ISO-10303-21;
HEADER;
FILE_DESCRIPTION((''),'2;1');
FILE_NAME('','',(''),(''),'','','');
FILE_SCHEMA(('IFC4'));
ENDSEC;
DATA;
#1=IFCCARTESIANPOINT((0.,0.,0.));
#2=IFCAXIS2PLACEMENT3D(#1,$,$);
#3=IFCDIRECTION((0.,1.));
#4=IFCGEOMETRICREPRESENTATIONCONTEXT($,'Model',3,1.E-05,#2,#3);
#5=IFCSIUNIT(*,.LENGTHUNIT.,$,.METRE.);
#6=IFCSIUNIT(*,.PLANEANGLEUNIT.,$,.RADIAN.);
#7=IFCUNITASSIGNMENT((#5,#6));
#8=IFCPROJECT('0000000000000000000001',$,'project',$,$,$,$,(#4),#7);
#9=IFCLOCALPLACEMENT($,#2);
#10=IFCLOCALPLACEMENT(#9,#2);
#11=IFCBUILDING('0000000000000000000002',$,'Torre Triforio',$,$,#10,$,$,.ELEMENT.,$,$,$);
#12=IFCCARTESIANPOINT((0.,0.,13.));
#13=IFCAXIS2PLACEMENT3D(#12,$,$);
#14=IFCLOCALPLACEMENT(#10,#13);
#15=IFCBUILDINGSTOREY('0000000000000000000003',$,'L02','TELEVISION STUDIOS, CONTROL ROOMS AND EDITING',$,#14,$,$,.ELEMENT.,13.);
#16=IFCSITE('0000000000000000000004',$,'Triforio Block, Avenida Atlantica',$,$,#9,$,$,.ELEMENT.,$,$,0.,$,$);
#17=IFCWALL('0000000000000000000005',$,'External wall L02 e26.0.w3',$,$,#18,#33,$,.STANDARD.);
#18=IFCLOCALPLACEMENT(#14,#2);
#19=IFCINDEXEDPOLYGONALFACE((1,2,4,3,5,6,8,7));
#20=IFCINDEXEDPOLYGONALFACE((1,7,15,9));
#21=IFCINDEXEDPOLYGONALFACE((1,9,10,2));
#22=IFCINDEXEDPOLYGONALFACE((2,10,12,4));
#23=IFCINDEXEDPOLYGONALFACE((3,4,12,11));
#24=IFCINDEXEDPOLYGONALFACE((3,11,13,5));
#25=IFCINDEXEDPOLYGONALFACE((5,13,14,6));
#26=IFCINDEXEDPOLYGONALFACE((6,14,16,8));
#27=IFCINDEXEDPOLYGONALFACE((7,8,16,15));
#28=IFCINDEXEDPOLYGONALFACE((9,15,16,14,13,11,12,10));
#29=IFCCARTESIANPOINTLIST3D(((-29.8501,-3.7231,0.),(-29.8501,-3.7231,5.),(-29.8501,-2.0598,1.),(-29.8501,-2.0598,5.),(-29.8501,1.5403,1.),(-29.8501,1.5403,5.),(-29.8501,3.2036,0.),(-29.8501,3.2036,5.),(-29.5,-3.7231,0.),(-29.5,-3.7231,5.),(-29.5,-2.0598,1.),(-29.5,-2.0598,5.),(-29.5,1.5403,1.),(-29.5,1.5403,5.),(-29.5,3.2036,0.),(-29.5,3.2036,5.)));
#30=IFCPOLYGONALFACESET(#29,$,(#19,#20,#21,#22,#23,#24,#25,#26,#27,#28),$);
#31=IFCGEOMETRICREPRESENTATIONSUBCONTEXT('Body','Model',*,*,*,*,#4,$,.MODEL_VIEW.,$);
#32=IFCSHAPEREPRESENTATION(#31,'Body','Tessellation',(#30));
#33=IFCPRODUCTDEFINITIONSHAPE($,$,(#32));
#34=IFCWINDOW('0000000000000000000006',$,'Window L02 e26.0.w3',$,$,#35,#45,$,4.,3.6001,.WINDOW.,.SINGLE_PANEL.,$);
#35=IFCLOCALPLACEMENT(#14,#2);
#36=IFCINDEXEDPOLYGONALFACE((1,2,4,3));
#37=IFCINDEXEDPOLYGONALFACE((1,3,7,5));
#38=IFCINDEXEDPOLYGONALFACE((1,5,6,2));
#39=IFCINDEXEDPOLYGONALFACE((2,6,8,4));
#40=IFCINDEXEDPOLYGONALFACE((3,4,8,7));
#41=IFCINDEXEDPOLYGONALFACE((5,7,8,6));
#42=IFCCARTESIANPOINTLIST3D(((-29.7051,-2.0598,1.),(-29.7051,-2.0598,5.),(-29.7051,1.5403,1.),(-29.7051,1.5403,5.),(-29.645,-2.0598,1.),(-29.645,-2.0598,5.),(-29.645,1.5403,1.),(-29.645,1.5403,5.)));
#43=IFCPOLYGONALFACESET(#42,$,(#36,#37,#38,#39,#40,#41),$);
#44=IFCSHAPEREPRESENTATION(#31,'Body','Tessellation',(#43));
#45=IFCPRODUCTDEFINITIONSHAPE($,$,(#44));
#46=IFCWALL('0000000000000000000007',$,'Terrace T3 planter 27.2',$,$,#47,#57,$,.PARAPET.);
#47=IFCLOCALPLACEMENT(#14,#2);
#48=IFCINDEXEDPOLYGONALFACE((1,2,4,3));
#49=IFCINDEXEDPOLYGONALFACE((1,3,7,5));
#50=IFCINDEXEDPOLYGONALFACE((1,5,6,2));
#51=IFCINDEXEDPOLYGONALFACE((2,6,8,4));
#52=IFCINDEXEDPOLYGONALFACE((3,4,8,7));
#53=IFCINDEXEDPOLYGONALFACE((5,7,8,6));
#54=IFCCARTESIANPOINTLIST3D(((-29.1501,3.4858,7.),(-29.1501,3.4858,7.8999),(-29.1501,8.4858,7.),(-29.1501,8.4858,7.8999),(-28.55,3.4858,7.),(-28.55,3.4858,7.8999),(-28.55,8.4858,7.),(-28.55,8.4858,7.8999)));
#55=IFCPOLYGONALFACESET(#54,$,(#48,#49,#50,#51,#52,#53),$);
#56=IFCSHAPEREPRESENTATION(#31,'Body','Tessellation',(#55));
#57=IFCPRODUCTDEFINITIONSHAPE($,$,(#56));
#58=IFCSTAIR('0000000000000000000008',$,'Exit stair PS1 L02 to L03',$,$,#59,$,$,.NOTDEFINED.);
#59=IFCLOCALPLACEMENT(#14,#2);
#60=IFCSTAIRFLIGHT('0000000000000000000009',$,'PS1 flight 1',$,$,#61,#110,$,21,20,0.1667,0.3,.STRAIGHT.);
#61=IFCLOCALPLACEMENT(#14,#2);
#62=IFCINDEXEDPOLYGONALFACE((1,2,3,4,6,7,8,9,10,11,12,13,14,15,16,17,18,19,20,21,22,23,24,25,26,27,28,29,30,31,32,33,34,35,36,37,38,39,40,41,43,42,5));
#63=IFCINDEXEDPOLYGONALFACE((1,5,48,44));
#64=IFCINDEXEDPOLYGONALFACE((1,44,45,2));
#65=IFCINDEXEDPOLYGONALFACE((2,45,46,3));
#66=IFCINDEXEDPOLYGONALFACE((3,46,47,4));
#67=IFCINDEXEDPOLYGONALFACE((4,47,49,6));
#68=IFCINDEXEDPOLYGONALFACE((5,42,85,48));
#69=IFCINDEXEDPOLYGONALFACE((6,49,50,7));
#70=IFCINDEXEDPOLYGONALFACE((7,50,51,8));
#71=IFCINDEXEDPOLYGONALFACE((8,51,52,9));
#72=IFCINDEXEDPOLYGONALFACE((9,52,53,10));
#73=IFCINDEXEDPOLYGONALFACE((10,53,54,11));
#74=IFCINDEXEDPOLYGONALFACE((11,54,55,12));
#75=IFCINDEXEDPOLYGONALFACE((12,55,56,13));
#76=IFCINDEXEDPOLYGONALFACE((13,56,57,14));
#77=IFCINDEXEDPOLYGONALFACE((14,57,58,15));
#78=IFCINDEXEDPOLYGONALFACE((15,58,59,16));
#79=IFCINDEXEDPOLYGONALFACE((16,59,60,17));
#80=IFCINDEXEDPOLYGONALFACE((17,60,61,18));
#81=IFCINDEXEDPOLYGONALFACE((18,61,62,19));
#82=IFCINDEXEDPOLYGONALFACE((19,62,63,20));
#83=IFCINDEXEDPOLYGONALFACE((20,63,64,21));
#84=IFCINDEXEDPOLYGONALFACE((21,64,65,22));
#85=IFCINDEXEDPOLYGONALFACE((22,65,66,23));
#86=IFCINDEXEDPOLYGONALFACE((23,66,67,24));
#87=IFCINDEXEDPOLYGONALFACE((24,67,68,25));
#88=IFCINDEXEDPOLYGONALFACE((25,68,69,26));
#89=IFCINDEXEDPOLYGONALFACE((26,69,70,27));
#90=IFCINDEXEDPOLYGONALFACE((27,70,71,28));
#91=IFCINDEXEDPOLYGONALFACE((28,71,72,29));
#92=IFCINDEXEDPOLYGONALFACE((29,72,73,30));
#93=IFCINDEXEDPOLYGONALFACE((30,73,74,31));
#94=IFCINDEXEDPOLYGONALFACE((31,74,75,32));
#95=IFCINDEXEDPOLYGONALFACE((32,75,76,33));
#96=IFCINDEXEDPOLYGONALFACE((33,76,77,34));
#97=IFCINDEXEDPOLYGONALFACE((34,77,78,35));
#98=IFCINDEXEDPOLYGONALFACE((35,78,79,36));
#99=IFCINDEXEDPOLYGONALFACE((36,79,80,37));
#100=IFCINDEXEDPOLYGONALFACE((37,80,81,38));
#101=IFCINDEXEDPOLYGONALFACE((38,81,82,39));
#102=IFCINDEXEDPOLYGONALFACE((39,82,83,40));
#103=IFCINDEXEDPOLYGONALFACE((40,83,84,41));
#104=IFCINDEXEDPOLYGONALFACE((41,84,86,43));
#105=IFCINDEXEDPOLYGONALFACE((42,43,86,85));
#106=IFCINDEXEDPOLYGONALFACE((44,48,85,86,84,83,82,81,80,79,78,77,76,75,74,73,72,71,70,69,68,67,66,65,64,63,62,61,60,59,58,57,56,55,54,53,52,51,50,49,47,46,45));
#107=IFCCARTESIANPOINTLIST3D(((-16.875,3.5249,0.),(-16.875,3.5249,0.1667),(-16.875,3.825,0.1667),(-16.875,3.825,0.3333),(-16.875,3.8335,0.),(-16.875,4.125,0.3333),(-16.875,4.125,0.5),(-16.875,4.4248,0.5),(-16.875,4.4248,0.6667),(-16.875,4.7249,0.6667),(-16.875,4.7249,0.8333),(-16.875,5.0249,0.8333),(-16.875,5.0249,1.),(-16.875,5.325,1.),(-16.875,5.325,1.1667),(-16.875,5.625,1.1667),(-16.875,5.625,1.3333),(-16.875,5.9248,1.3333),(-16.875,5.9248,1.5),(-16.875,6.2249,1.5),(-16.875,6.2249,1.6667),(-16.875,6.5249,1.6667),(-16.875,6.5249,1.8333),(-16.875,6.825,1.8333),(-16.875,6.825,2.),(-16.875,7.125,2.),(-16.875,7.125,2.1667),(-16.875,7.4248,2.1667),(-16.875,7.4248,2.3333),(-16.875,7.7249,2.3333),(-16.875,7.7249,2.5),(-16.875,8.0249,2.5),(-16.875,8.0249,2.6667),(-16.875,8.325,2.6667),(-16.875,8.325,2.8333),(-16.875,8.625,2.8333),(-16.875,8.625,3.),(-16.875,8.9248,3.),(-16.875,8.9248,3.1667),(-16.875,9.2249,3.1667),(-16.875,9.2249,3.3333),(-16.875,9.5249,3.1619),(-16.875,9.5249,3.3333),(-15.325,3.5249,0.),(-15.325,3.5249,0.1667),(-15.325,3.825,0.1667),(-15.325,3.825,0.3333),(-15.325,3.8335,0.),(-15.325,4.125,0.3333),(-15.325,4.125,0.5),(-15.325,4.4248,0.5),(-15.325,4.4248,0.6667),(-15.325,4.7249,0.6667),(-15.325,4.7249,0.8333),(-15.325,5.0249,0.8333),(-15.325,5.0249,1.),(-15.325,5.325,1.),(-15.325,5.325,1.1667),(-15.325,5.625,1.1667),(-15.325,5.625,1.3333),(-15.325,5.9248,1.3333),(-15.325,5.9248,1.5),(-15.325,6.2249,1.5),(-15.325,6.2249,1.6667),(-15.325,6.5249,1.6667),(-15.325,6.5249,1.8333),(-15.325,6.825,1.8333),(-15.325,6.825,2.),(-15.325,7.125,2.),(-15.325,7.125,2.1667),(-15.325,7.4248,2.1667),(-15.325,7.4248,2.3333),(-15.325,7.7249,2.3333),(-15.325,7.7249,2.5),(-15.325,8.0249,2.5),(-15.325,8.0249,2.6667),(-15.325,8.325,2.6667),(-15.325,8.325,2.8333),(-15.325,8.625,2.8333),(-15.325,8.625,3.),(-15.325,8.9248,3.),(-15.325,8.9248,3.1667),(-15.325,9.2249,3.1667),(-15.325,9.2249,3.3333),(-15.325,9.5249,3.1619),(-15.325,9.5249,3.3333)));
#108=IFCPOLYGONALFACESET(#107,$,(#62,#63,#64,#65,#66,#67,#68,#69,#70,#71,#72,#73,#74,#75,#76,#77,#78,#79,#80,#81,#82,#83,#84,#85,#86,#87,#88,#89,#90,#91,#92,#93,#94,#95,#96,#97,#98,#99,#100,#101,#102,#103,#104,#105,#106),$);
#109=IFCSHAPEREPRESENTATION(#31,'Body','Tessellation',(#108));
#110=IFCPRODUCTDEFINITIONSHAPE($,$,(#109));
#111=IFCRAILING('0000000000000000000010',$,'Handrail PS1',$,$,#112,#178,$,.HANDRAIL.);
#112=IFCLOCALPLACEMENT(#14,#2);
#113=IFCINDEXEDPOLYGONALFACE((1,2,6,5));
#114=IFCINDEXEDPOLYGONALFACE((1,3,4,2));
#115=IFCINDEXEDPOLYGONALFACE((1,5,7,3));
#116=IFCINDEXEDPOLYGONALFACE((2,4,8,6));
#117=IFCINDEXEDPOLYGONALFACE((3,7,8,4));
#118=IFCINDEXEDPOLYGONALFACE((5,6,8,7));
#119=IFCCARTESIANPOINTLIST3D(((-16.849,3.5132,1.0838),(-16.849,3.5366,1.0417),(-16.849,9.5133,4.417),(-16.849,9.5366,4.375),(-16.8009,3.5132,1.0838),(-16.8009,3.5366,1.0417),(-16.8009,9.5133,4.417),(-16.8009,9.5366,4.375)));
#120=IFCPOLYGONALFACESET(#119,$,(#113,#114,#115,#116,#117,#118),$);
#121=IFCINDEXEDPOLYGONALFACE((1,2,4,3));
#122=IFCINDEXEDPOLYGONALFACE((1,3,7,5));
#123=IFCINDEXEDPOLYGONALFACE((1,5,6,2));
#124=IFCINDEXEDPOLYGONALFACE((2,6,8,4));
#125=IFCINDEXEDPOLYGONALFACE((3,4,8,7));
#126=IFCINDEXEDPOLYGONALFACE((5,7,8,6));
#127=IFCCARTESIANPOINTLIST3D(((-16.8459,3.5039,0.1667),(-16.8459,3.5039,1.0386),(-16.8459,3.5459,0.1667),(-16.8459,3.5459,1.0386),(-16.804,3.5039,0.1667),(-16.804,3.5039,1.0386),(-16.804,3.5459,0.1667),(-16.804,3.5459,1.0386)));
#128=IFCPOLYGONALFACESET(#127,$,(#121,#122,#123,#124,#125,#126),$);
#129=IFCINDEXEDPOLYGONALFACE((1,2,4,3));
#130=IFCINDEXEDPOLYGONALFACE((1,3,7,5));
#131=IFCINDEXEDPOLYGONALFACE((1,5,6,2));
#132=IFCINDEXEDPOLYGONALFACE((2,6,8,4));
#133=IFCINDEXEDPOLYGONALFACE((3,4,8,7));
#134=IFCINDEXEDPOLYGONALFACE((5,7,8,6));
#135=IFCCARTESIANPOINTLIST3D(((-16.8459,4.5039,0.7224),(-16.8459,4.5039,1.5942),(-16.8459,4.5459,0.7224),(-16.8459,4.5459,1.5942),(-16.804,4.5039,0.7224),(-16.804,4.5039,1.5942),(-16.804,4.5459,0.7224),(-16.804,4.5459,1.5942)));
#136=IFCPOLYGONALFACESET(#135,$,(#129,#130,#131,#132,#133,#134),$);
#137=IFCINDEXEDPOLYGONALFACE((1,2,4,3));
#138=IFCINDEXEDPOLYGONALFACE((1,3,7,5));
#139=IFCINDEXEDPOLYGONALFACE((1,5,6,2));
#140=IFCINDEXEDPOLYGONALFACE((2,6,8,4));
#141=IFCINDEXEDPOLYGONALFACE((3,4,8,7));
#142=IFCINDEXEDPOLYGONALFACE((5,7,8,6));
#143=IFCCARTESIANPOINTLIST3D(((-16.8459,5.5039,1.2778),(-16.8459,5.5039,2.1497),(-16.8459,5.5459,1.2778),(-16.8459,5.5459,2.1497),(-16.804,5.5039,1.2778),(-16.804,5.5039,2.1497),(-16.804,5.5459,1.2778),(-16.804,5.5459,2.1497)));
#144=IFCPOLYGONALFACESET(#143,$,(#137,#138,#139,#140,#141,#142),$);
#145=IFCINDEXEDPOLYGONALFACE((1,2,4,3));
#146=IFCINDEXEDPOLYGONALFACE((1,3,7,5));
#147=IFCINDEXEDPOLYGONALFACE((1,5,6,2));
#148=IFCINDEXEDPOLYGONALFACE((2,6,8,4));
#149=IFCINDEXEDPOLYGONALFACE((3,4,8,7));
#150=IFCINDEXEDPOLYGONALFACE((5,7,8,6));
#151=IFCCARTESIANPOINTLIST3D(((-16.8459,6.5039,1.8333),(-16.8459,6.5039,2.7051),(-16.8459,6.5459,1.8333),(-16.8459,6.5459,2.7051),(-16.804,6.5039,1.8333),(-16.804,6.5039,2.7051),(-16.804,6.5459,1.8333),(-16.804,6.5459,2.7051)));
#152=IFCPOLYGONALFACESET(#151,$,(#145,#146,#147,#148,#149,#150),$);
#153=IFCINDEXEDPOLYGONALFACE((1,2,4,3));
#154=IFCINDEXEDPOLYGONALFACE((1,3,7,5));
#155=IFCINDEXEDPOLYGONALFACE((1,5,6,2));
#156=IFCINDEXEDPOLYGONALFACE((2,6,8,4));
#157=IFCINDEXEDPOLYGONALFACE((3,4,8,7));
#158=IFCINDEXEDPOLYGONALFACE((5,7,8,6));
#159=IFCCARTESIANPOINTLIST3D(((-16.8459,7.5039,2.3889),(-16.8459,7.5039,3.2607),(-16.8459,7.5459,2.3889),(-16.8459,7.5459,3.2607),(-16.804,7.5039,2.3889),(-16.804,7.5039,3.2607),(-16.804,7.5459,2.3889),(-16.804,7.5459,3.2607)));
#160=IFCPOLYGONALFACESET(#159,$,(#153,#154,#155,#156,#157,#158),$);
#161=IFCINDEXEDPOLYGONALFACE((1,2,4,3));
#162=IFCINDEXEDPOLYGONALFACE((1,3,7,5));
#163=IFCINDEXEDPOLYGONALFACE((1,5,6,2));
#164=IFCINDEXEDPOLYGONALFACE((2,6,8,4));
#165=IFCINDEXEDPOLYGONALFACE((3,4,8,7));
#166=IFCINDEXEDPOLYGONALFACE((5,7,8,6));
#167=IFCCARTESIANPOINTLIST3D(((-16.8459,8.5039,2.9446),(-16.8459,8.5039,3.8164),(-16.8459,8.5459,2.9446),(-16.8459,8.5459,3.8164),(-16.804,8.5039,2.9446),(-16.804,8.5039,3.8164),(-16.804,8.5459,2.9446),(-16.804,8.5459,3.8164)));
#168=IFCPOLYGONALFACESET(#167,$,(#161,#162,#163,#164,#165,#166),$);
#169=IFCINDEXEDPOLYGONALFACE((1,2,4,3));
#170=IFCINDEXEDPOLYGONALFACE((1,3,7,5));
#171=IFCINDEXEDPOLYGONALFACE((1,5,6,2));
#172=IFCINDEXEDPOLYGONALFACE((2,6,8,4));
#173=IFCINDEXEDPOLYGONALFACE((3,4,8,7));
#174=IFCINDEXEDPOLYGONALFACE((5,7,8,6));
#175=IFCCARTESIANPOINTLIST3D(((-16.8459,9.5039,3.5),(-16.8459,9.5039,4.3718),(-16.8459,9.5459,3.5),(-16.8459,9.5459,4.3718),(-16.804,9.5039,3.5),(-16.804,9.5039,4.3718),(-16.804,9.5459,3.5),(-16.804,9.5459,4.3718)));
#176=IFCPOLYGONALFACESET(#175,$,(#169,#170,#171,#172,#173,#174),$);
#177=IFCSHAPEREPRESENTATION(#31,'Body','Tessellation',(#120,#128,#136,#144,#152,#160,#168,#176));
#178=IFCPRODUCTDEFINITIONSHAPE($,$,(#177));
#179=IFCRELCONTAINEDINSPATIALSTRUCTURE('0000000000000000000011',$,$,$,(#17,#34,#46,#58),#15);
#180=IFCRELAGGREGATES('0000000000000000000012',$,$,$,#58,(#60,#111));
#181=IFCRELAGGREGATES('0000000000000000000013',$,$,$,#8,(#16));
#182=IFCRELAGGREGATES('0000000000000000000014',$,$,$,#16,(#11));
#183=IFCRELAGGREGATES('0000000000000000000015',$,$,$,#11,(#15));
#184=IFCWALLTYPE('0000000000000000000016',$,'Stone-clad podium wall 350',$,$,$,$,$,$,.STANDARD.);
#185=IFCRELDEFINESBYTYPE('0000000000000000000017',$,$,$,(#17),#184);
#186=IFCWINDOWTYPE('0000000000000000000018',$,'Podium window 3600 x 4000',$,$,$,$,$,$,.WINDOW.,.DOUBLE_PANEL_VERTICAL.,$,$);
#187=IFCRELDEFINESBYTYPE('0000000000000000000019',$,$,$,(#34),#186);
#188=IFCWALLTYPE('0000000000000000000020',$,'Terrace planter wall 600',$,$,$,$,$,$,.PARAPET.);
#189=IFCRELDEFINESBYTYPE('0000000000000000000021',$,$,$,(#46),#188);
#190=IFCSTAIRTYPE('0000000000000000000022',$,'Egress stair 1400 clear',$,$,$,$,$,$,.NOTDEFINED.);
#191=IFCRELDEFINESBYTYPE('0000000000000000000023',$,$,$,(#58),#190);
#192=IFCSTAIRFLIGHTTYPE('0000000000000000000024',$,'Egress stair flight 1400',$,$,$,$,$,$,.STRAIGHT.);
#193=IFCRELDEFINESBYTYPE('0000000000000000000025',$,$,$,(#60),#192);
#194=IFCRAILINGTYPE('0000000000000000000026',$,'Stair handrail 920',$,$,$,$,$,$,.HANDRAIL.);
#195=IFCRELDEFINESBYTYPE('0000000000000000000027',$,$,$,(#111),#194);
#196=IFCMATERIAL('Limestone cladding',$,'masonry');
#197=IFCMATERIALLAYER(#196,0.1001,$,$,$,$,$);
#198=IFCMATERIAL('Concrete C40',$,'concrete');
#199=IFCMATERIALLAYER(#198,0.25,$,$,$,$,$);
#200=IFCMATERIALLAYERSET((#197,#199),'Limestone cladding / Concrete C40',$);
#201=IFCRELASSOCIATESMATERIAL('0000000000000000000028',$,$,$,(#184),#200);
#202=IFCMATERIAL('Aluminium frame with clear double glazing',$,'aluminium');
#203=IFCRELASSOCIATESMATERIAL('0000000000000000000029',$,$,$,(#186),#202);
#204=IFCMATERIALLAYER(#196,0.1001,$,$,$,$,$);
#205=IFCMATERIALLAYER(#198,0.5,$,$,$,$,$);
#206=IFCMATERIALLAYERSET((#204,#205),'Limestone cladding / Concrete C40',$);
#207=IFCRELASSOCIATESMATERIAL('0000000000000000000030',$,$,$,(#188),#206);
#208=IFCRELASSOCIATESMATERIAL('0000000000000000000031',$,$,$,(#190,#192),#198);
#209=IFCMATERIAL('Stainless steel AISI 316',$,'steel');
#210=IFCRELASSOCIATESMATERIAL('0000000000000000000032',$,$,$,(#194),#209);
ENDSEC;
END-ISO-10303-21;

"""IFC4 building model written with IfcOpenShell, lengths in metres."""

from ifc_helpers import new_model, si_unit, direction, frame, frame_2d, origin, origin_2d, place, context, subcontext, project, spatial, polyline, rectangle, outline, extrude, material, layer, layer_set, type_object, element, fill, aggregate, save


model = new_model("IFC4")

# Units and contexts
model_context = context("Model", 3, precision=1e-05, world=origin(), true_north=direction((0.0, 1.0)))
body_context = subcontext(model_context, "Body", "Model", "MODEL_VIEW")
ifc_project = project(units=[si_unit("LENGTHUNIT", "METRE"), si_unit("PLANEANGLEUNIT", "RADIAN")], contexts=[model_context])

# Site, building, storey
site_placement = place(None, origin())
site = spatial("IfcSite", under=ifc_project, at=site_placement, Name="Triforio Block, Avenida Atlantica", CompositionType="ELEMENT", RefElevation=0.0)
building_placement = place(site_placement, origin())
building = spatial("IfcBuilding", under=site, at=building_placement, Name="Torre Triforio", CompositionType="ELEMENT")
storey_placement = place(building_placement, frame((0.0, 0.0, 13.0)))
storey = spatial("IfcBuildingStorey", under=building, at=storey_placement, Name="L02", Description="TELEVISION STUDIOS, CONTROL ROOMS AND EDITING", CompositionType="ELEMENT", Elevation=13.0)

# Shared definitions
ifc_material_1 = material(Name="Concrete C40", Category="concrete")

# Wall, opening, window
ifc_material_2 = material(Name="Limestone cladding", Category="masonry")
ifc_layer_1 = layer(ifc_material_2, 0.1001)
ifc_layer_2 = layer(ifc_material_1, 0.25)
ifc_layer_set_1 = layer_set([ifc_layer_1, ifc_layer_2], Name="Limestone cladding / Concrete C40")
wall_type_1 = type_object("IfcWallType", Name="Stone-clad podium wall 350", PredefinedType="STANDARD", material=ifc_layer_set_1)
ifc_material_3 = material(Name="Aluminium frame with clear double glazing", Category="aluminium")
window_type = type_object("IfcWindowType", Name="Podium window 3600 x 4000", PartitioningType="DOUBLE_PANEL_VERTICAL", PredefinedType="WINDOW", material=ifc_material_3)
wall_1_placement = place(storey_placement, frame((-29.675, 3.2036, 0.0), z_axis=(0.0, 0.0, 1.0), x_axis=(0.0, -1.0, 0.0)))
wall_1 = element("IfcWall", 1, at=wall_1_placement, inside=storey, type_object=wall_type_1, Name="External wall L02 e26.0.w3", PredefinedType="STANDARD", context=body_context, shape_type="SweptSolid", body=[
    extrude(rectangle(XDim=6.9268, YDim=0.3501, at=frame_2d((3.4634, 0.0))), origin(), (0.0, 0.0, 1.0), 5.0),
])
opening_1_placement = place(wall_1_placement, frame((1.6633, 0.0, 1.0)))
opening_1 = element("IfcOpeningElement", 2, at=opening_1_placement, cuts=wall_1, PredefinedType="OPENING", context=body_context, shape_type="SweptSolid", body=[
    extrude(rectangle(XDim=3.6001, YDim=4.0, at=frame_2d((1.8, 2.0))), frame((0.0, 0.1851, 0.0), z_axis=(0.0, -1.0, 0.0), x_axis=(1.0, 0.0, 0.0)), (0.0, 0.0, 1.0), 0.3701),
])
window_1_placement = place(opening_1_placement, origin())
window_1 = element("IfcWindow", 3, at=window_1_placement, inside=storey, type_object=window_type, Name="Window L02 e26.0.w3", OverallHeight=4.0, OverallWidth=3.6001, PartitioningType="SINGLE_PANEL", PredefinedType="WINDOW", context=body_context, shape_type="SweptSolid", body=[
    extrude(rectangle(XDim=3.6001, YDim=4.0, at=frame_2d((1.8, 2.0))), frame((0.0, 0.03, 0.0), z_axis=(0.0, -1.0, 0.0), x_axis=(1.0, 0.0, 0.0)), (0.0, 0.0, 1.0), 0.0601),
])
fill(opening_1, window_1)

# Wall
ifc_layer_3 = layer(ifc_material_2, 0.1001)
ifc_layer_4 = layer(ifc_material_1, 0.5)
ifc_layer_set_2 = layer_set([ifc_layer_3, ifc_layer_4], Name="Limestone cladding / Concrete C40")
wall_type_2 = type_object("IfcWallType", Name="Terrace planter wall 600", PredefinedType="PARAPET", material=ifc_layer_set_2)
wall_2_placement = place(storey_placement, frame((-28.8501, 8.4858, 7.0), z_axis=(0.0, 0.0, 1.0), x_axis=(0.0, -1.0, 0.0)))
element("IfcWall", 4, at=wall_2_placement, inside=storey, type_object=wall_type_2, Name="Terrace T3 planter 27.2", PredefinedType="PARAPET", context=body_context, shape_type="SweptSolid", body=[
    extrude(rectangle(XDim=5.0, YDim=0.6001, at=frame_2d((2.5, 0.0))), origin(), (0.0, 0.0, 1.0), 0.8999),
])

# Stair, stair flight, railing
stair_type = type_object("IfcStairType", Name="Egress stair 1400 clear", PredefinedType="NOTDEFINED", material=ifc_material_1)
stair_placement = place(storey_placement, origin())
stair = element("IfcStair", 5, at=stair_placement, inside=storey, type_object=stair_type, Name="Exit stair PS1 L02 to L03", PredefinedType="NOTDEFINED")
stair_flight_type = type_object("IfcStairFlightType", Name="Egress stair flight 1400", PredefinedType="STRAIGHT", material=ifc_material_1)
stair_flight_placement = place(storey_placement, frame((-16.1001, 3.5249, 0.0), z_axis=(0.0, 0.0, 1.0), x_axis=(0.0, 1.0, 0.0)))
stair_flight = element("IfcStairFlight", 6, at=stair_flight_placement, type_object=stair_flight_type, Name="PS1 flight 1", NumberOfRisers=21, NumberOfTreads=20, PredefinedType="STRAIGHT", RiserHeight=0.1667, TreadLength=0.3, context=body_context, shape_type="SweptSolid", body=[
    extrude(outline(polyline([(0.0, 0.0), (0.0, 0.1667), (0.3, 0.1667), (0.3, 0.3333), (0.6001, 0.3333), (0.6001, 0.5), (0.8999, 0.5), (0.8999, 0.6667), (1.2, 0.6667), (1.2, 0.8333), (1.5, 0.8333), (1.5, 1.0), (1.8, 1.0), (1.8, 1.1667), (2.1001, 1.1667), (2.1001, 1.3333), (2.3999, 1.3333), (2.3999, 1.5), (2.7, 1.5), (2.7, 1.6667), (3.0, 1.6667), (3.0, 1.8333), (3.3, 1.8333), (3.3, 2.0), (3.6001, 2.0), (3.6001, 2.1667), (3.8999, 2.1667), (3.8999, 2.3333), (4.2, 2.3333), (4.2, 2.5), (4.5, 2.5), (4.5, 2.6667), (4.8, 2.6667), (4.8, 2.8333), (5.1001, 2.8333), (5.1001, 3.0), (5.3999, 3.0), (5.3999, 3.1667), (5.7, 3.1667), (5.7, 3.3333), (6.0, 3.3333), (6.0, 3.5), (6.0, 3.1619), (0.3086, 0.0), (0.0, 0.0)])), frame((0.0, 0.7749, 0.0), z_axis=(0.0, -1.0, 0.0), x_axis=(1.0, 0.0, 0.0)), (0.0, 0.0, 1.0), 1.55),
])
ifc_material_4 = material(Name="Stainless steel AISI 316", Category="steel")
railing_type_1 = type_object("IfcRailingType", Name="Stair handrail 920", PredefinedType="HANDRAIL", material=ifc_material_4)
railing_1_placement = place(storey_placement, frame((-16.825, 3.5249, 0.1667)))
railing_1 = element("IfcRailing", 7, at=railing_1_placement, type_object=railing_type_1, Name="Handrail PS1", PredefinedType="HANDRAIL", context=body_context, shape_type="SweptSolid", body=[
    extrude(rectangle(XDim=0.0481, YDim=0.0481, at=origin_2d()), frame((0.0, 0.0, 0.896), z_axis=(0.0, 0.874162, 0.485634), x_axis=(-1.0, 0.0, 0.0)), (0.0, 0.0, 1.0), 6.8638),
    extrude(rectangle(XDim=0.042, YDim=0.042, at=origin_2d()), origin(), (0.0, 0.0, 1.0), 0.8718),
    extrude(rectangle(XDim=0.042, YDim=0.042, at=origin_2d()), frame((0.0, 1.0, 0.5557)), (0.0, 0.0, 1.0), 0.8718),
    extrude(rectangle(XDim=0.042, YDim=0.042, at=origin_2d()), frame((0.0, 2.0, 1.1111)), (0.0, 0.0, 1.0), 0.8718),
    extrude(rectangle(XDim=0.042, YDim=0.042, at=origin_2d()), frame((0.0, 3.0, 1.6665)), (0.0, 0.0, 1.0), 0.8718),
    extrude(rectangle(XDim=0.042, YDim=0.042, at=origin_2d()), frame((0.0, 4.0, 2.2222)), (0.0, 0.0, 1.0), 0.8718),
    extrude(rectangle(XDim=0.042, YDim=0.042, at=origin_2d()), frame((0.0, 5.0, 2.7778)), (0.0, 0.0, 1.0), 0.8718),
    extrude(rectangle(XDim=0.042, YDim=0.042, at=origin_2d()), frame((0.0, 6.0, 3.3333)), (0.0, 0.0, 1.0), 0.8718),
])
aggregate(stair, [stair_flight, railing_1])

save(model, "model.ifc")
